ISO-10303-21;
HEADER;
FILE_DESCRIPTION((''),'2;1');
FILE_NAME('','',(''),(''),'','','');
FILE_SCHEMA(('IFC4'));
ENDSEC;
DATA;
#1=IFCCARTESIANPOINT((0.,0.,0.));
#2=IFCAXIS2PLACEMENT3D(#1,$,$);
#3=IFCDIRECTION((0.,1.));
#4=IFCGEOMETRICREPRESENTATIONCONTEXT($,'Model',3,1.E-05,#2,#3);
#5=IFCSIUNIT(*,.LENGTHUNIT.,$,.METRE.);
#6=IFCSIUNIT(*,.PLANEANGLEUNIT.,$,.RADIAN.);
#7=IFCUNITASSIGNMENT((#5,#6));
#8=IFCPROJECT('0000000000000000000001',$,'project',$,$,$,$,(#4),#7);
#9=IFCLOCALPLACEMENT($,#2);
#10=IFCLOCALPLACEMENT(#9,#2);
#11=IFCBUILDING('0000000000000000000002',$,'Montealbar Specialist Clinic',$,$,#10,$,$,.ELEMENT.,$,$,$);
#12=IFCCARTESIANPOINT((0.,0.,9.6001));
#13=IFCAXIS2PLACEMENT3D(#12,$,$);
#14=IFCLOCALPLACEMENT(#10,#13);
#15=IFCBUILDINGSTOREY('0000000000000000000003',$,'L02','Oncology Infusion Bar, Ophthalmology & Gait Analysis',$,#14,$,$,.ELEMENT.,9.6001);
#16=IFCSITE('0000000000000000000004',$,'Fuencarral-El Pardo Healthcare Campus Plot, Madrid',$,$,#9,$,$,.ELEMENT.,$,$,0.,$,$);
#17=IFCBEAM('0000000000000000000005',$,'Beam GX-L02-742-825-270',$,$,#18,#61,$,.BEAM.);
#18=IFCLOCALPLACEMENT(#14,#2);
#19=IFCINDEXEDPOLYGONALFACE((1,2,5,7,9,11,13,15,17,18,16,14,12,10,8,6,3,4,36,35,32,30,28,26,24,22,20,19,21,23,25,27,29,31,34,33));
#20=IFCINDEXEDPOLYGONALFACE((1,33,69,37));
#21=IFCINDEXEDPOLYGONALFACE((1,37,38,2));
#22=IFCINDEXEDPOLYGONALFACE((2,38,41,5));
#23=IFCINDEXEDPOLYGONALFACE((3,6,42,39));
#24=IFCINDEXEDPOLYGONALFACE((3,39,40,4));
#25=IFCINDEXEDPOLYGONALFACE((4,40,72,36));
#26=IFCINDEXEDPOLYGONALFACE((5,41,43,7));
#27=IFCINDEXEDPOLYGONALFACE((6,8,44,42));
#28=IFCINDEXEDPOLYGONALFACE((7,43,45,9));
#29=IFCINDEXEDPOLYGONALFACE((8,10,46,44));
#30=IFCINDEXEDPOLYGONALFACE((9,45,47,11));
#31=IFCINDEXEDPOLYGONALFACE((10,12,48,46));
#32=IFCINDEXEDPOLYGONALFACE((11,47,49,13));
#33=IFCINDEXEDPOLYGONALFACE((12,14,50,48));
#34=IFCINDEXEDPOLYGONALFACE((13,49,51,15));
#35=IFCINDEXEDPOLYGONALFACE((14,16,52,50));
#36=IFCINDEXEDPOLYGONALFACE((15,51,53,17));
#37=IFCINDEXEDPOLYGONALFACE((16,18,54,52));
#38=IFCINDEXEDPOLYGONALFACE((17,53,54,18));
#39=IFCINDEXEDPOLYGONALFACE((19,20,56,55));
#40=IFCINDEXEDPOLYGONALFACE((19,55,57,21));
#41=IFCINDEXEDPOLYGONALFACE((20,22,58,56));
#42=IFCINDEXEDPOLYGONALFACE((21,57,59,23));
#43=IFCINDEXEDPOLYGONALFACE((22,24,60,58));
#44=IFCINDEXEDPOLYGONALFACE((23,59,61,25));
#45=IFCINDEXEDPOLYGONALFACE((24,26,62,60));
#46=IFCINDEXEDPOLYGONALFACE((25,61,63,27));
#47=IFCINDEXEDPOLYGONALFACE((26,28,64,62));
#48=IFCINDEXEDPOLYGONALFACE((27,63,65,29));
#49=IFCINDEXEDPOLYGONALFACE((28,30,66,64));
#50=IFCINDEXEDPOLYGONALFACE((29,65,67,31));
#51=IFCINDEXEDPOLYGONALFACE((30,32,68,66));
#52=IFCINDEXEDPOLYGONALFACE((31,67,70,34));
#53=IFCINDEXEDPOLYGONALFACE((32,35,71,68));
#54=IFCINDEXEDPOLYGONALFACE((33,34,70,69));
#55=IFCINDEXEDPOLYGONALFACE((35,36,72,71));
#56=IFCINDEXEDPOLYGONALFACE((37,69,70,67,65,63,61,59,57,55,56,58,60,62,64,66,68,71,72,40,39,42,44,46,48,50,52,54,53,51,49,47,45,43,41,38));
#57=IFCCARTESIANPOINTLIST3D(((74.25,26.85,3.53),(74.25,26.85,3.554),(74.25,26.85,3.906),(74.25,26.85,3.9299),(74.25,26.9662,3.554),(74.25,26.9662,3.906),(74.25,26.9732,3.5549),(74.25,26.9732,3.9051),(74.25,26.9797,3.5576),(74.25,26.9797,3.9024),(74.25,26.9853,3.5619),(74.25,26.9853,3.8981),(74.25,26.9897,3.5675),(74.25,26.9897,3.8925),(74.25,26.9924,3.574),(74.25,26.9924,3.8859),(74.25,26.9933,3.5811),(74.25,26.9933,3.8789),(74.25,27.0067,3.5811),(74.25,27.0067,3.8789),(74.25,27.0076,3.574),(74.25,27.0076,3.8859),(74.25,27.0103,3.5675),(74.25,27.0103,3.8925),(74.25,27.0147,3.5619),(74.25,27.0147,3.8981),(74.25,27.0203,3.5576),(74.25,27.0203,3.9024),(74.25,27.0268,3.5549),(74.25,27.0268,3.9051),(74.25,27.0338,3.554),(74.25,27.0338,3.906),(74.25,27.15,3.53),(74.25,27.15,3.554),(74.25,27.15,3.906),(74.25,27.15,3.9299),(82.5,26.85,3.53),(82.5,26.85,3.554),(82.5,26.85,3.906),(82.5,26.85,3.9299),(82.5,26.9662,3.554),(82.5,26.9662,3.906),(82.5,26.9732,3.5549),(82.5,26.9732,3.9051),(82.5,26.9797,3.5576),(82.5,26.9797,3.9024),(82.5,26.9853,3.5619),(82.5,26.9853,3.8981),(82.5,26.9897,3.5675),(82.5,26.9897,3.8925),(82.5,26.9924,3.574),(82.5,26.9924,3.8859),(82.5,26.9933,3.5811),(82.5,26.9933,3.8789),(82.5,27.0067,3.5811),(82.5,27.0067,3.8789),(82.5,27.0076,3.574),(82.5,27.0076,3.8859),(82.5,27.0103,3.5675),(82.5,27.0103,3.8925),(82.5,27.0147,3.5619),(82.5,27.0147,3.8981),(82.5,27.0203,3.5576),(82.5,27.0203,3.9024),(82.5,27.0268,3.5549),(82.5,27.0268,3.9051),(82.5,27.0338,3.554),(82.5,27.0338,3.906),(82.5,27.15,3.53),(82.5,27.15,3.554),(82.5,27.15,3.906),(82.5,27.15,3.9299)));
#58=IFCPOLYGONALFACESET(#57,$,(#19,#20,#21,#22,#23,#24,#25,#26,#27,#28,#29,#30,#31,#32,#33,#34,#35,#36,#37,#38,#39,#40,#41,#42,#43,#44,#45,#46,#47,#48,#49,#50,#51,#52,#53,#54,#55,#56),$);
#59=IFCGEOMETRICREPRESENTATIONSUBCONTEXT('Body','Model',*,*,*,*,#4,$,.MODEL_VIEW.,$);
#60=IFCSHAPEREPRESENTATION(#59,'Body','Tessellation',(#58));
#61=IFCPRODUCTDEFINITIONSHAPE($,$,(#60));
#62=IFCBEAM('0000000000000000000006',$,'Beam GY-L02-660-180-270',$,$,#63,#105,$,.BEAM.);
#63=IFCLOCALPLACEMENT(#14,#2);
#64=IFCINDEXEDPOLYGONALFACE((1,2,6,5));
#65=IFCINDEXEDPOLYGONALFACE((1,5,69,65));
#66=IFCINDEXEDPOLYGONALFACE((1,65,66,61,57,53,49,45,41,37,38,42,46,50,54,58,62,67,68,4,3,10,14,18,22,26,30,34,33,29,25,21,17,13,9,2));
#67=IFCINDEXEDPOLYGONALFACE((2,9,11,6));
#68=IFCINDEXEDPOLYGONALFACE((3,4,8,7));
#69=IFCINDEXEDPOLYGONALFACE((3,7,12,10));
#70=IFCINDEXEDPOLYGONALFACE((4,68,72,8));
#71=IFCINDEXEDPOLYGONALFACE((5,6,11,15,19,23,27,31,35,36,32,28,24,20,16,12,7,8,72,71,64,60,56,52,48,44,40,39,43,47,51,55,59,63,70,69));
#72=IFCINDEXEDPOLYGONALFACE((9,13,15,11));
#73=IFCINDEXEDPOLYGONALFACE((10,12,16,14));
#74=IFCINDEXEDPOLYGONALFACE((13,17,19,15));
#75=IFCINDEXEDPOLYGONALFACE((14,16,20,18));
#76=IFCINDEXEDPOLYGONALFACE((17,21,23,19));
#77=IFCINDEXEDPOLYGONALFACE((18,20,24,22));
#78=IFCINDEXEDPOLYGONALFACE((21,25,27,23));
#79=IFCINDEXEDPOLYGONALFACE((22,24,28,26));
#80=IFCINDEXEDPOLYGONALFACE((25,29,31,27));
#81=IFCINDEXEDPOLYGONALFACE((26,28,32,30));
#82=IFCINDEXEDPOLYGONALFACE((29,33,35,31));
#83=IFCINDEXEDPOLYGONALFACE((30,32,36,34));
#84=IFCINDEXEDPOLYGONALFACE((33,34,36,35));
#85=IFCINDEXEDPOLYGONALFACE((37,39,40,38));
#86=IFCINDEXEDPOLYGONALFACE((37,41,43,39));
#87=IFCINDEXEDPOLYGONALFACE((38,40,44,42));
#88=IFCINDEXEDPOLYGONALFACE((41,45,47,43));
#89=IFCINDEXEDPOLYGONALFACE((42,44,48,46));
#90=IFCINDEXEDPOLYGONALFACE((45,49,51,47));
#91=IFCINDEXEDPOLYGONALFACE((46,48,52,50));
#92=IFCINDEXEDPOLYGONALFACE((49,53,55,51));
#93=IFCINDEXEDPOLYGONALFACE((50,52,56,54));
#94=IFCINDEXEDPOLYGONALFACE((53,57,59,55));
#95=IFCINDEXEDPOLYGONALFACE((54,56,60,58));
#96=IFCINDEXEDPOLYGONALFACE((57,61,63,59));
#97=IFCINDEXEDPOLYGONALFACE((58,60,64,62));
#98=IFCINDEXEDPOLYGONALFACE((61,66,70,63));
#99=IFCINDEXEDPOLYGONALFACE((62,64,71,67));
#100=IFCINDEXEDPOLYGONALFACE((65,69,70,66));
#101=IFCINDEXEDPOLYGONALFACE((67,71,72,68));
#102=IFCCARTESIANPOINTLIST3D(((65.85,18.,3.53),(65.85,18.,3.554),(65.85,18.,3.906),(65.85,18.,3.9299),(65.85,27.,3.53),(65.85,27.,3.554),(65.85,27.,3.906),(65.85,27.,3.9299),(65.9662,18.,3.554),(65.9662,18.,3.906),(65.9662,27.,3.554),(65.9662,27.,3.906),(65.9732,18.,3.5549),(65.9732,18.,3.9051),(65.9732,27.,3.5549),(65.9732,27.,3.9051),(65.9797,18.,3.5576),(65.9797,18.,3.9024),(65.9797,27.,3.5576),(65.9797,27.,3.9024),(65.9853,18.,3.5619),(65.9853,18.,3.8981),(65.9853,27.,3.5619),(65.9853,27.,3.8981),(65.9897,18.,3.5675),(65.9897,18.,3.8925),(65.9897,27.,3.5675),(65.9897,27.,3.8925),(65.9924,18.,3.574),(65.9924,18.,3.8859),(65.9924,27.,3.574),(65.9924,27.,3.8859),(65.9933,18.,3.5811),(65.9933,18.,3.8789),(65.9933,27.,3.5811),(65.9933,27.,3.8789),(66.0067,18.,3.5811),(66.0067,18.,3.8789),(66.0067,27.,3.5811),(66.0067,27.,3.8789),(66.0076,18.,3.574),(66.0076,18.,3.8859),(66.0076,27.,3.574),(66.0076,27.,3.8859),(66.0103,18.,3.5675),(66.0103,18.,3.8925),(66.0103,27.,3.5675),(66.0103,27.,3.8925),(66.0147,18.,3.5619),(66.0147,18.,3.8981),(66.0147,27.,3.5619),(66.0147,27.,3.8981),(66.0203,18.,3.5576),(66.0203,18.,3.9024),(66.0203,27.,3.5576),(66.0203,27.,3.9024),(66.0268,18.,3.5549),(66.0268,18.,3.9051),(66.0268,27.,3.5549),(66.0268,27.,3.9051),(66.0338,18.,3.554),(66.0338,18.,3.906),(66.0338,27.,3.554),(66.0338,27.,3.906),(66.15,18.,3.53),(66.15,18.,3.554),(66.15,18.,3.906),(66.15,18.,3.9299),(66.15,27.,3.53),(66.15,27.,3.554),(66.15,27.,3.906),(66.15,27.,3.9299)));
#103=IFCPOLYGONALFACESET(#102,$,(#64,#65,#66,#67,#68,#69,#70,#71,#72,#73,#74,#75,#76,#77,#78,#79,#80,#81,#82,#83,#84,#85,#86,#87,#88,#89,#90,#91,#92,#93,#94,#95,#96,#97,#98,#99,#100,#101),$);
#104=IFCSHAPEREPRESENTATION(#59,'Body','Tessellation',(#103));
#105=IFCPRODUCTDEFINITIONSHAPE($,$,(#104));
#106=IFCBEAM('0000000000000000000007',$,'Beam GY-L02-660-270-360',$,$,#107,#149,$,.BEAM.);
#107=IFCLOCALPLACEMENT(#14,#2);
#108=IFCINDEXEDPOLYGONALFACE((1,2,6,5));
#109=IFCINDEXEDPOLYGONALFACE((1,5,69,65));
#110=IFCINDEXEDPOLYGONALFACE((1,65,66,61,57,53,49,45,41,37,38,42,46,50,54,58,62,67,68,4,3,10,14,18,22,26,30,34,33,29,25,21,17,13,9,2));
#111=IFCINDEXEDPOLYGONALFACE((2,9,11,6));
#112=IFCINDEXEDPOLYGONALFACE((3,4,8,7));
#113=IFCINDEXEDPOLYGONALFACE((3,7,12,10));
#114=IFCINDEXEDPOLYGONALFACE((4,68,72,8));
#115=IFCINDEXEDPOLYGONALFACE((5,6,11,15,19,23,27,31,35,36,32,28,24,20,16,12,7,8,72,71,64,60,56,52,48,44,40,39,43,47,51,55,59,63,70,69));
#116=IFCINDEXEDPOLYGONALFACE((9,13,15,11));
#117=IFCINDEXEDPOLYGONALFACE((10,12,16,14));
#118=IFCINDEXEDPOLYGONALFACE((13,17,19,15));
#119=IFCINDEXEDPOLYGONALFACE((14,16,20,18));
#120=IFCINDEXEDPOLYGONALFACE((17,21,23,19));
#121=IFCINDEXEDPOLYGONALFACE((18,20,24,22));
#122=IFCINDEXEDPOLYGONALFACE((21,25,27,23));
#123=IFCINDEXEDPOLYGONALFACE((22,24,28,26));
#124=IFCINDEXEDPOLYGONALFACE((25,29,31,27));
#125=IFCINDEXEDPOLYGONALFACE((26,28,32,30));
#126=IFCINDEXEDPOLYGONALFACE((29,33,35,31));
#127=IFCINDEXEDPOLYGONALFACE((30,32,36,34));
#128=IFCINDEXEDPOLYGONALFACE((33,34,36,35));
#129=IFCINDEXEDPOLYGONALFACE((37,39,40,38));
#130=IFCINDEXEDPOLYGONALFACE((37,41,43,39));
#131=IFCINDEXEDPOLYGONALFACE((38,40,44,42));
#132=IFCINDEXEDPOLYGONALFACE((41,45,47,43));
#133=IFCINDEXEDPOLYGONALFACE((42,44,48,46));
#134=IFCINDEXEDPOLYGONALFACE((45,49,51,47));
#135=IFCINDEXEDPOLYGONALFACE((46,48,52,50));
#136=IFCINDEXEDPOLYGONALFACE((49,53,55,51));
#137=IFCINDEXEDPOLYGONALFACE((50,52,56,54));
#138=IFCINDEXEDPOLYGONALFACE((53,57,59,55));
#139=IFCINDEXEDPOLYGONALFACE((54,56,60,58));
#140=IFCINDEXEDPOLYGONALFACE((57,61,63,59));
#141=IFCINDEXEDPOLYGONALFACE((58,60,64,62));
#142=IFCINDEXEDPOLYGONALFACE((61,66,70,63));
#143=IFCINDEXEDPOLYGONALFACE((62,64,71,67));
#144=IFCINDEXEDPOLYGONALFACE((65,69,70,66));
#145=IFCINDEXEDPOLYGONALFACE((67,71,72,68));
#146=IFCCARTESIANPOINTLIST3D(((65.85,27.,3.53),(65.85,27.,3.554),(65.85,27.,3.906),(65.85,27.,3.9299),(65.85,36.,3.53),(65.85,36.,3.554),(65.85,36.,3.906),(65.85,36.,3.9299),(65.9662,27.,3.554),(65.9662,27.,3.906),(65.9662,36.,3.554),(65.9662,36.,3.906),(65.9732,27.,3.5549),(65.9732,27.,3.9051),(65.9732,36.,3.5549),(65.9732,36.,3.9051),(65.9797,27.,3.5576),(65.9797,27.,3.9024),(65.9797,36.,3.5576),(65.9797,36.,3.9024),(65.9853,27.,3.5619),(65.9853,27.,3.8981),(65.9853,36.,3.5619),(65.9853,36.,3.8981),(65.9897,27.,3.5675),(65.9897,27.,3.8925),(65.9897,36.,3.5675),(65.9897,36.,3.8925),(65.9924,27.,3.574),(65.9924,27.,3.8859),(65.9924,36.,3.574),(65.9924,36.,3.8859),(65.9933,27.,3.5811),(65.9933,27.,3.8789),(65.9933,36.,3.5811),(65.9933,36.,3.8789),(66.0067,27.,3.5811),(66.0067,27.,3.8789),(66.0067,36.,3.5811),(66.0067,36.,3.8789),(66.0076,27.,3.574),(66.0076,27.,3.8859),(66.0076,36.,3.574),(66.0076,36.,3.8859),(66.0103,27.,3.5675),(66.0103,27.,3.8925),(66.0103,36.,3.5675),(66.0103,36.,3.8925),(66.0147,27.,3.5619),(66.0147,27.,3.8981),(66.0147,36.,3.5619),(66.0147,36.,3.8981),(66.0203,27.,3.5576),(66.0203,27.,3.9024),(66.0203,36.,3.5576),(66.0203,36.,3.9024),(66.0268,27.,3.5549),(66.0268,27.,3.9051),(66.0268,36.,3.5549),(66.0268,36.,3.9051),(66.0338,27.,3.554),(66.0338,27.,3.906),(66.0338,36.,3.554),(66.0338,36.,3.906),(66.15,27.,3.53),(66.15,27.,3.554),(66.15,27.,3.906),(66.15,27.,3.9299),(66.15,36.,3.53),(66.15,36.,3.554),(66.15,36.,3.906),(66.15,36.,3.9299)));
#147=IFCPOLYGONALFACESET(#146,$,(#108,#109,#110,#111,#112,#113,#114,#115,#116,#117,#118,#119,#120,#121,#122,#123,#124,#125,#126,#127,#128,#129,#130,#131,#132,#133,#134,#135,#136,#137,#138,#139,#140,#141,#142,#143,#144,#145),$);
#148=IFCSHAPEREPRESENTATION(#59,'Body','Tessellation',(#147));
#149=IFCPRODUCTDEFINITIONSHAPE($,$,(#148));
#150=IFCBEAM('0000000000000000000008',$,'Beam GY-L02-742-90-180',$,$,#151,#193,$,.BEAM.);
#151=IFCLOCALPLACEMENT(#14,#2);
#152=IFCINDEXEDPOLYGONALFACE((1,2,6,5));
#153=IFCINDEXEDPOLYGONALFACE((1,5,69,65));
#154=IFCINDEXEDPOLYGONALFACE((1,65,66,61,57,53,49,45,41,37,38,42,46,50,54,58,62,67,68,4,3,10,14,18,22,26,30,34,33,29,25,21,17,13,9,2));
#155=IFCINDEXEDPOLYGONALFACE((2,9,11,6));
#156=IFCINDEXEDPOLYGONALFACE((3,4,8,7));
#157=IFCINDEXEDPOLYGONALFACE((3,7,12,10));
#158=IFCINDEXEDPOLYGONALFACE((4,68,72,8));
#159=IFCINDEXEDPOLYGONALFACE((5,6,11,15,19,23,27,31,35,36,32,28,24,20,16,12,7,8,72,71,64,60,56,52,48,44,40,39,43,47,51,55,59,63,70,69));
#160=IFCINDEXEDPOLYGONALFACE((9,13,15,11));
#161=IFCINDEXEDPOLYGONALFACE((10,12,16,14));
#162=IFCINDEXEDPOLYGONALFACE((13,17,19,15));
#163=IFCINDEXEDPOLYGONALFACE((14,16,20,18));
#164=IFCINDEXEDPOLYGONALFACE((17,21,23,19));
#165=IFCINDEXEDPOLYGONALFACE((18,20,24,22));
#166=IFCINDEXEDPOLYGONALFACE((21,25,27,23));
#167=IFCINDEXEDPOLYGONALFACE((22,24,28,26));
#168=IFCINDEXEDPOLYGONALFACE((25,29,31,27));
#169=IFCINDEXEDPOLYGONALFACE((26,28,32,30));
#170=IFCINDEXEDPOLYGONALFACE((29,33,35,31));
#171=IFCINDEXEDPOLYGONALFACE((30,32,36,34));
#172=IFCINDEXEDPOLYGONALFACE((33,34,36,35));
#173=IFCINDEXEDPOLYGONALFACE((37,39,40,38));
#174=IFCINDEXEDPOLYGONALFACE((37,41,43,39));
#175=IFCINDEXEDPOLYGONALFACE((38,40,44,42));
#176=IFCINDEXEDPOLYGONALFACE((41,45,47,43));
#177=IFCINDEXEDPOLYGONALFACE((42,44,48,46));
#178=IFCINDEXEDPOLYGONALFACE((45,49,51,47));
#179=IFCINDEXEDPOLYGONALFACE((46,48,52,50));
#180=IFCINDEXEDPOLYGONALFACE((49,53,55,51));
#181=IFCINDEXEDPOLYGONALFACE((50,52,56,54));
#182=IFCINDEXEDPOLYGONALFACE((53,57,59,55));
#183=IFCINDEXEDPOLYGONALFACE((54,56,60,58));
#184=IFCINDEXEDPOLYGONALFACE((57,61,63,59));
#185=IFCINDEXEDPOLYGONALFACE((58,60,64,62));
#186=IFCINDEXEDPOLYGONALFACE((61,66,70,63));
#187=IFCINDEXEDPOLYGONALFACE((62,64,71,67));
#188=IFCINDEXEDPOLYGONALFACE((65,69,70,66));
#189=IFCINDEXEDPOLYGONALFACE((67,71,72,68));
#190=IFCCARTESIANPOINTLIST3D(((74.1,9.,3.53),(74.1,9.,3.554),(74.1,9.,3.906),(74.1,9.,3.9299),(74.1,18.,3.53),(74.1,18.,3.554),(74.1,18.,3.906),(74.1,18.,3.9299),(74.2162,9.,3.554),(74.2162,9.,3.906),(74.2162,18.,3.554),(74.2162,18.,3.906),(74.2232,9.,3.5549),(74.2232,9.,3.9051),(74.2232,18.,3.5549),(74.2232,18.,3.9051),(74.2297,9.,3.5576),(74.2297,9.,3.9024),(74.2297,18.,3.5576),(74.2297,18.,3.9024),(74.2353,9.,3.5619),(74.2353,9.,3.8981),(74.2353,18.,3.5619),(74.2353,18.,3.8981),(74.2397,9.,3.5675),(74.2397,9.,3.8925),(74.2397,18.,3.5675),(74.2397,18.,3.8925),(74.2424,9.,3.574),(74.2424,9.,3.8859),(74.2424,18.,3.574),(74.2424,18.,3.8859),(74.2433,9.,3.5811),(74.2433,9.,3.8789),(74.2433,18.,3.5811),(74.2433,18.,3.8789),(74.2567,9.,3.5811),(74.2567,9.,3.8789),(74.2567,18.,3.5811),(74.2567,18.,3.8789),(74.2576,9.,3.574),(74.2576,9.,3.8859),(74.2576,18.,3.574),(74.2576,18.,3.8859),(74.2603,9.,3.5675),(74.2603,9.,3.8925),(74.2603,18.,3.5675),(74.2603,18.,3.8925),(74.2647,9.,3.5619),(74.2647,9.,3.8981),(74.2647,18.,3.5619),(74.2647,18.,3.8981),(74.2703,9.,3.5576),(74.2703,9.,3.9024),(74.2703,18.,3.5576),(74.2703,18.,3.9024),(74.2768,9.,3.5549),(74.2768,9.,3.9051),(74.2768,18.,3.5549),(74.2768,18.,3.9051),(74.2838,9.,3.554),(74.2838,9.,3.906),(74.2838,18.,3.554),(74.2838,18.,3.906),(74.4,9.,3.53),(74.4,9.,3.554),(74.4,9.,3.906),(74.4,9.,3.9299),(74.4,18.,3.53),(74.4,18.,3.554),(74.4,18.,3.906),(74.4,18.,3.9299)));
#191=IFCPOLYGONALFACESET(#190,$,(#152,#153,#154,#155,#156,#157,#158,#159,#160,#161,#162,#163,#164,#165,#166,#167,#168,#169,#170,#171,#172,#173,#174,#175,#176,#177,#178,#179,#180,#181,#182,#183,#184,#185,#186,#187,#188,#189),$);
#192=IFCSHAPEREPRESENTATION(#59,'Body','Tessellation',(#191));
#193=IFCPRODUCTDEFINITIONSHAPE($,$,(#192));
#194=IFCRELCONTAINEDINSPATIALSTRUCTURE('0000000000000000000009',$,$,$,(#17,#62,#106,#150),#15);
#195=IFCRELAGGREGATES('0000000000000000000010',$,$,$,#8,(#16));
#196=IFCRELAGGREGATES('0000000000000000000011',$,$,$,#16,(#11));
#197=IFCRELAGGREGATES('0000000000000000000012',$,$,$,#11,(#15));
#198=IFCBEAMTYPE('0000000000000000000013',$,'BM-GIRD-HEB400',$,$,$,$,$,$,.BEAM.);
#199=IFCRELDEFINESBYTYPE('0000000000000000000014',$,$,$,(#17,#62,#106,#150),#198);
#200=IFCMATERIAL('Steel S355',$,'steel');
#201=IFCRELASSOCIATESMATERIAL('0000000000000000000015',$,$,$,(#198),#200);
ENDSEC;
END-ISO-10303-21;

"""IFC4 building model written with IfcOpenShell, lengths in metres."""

from ifc_helpers import new_model, si_unit, direction, frame, origin, origin_2d, place, context, subcontext, project, spatial, i_section, extrude, material, material_profile, profile_set, type_object, element, save


model = new_model("IFC4")

# Units and contexts
model_context = context("Model", 3, precision=1e-05, world=origin(), true_north=direction((0.0, 1.0)))
body_context = subcontext(model_context, "Body", "Model", "MODEL_VIEW")
ifc_project = project(units=[si_unit("LENGTHUNIT", "METRE"), si_unit("PLANEANGLEUNIT", "RADIAN")], contexts=[model_context])

# Site, building, storey
site_placement = place(None, origin())
site = spatial("IfcSite", under=ifc_project, at=site_placement, Name="Fuencarral-El Pardo Healthcare Campus Plot, Madrid", CompositionType="ELEMENT", RefElevation=0.0)
building_placement = place(site_placement, origin())
building = spatial("IfcBuilding", under=site, at=building_placement, Name="Montealbar Specialist Clinic", CompositionType="ELEMENT")
storey_placement = place(building_placement, frame((0.0, 0.0, 9.6001)))
storey = spatial("IfcBuildingStorey", under=building, at=storey_placement, Name="L02", Description="Oncology Infusion Bar, Ophthalmology & Gait Analysis", CompositionType="ELEMENT", Elevation=9.6001)

# Shared definitions
ifc_material_1 = material(Name="Steel S355", Category="steel")

# Beams
ifc_material_profile_1 = material_profile(ifc_material_1, i_section(OverallWidth=0.3, OverallDepth=0.3999, WebThickness=0.0134, FlangeThickness=0.0239, FilletRadius=0.0271, at=origin_2d()), Name="HEB 400", Category="steel")
ifc_profile_set_1 = profile_set([ifc_material_profile_1], Name="Steel S355")
beam_type_1 = type_object("IfcBeamType", Name="BM-GIRD-HEB400", PredefinedType="BEAM", material=ifc_profile_set_1)
for number, where, z_axis, x_axis, name in (
    (1, (74.25, 27.0, 3.73), (1.0, 0.0, 0.0), (0.0, 1.0, 0.0), "Beam GX-L02-742-825-270"),
):
    element("IfcBeam", number, at=place(storey_placement, frame(where, z_axis=z_axis, x_axis=x_axis)), inside=storey, type_object=beam_type_1, Name=name, PredefinedType="BEAM", context=body_context, shape_type="SweptSolid", body=[
        extrude(i_section(OverallWidth=0.3, OverallDepth=0.3999, WebThickness=0.0134, FlangeThickness=0.0239, FilletRadius=0.0271, at=origin_2d()), origin(), (0.0, 0.0, 1.0), 8.25),
    ])
for number, where, z_axis, x_axis, name in (
    (2, (66.0, 18.0, 3.73), (0.0, 1.0, 0.0), (-1.0, 0.0, 0.0), "Beam GY-L02-660-180-270"),
    (3, (66.0, 27.0, 3.73), (0.0, 1.0, 0.0), (-1.0, 0.0, 0.0), "Beam GY-L02-660-270-360"),
    (4, (74.25, 9.0, 3.73), (0.0, 1.0, 0.0), (-1.0, 0.0, 0.0), "Beam GY-L02-742-90-180"),
):
    element("IfcBeam", number, at=place(storey_placement, frame(where, z_axis=z_axis, x_axis=x_axis)), inside=storey, type_object=beam_type_1, Name=name, PredefinedType="BEAM", context=body_context, shape_type="SweptSolid", body=[
        extrude(i_section(OverallWidth=0.3, OverallDepth=0.3999, WebThickness=0.0134, FlangeThickness=0.0239, FilletRadius=0.0271, at=origin_2d()), origin(), (0.0, 0.0, 1.0), 9.0),
    ])

save(model, "model.ifc")
